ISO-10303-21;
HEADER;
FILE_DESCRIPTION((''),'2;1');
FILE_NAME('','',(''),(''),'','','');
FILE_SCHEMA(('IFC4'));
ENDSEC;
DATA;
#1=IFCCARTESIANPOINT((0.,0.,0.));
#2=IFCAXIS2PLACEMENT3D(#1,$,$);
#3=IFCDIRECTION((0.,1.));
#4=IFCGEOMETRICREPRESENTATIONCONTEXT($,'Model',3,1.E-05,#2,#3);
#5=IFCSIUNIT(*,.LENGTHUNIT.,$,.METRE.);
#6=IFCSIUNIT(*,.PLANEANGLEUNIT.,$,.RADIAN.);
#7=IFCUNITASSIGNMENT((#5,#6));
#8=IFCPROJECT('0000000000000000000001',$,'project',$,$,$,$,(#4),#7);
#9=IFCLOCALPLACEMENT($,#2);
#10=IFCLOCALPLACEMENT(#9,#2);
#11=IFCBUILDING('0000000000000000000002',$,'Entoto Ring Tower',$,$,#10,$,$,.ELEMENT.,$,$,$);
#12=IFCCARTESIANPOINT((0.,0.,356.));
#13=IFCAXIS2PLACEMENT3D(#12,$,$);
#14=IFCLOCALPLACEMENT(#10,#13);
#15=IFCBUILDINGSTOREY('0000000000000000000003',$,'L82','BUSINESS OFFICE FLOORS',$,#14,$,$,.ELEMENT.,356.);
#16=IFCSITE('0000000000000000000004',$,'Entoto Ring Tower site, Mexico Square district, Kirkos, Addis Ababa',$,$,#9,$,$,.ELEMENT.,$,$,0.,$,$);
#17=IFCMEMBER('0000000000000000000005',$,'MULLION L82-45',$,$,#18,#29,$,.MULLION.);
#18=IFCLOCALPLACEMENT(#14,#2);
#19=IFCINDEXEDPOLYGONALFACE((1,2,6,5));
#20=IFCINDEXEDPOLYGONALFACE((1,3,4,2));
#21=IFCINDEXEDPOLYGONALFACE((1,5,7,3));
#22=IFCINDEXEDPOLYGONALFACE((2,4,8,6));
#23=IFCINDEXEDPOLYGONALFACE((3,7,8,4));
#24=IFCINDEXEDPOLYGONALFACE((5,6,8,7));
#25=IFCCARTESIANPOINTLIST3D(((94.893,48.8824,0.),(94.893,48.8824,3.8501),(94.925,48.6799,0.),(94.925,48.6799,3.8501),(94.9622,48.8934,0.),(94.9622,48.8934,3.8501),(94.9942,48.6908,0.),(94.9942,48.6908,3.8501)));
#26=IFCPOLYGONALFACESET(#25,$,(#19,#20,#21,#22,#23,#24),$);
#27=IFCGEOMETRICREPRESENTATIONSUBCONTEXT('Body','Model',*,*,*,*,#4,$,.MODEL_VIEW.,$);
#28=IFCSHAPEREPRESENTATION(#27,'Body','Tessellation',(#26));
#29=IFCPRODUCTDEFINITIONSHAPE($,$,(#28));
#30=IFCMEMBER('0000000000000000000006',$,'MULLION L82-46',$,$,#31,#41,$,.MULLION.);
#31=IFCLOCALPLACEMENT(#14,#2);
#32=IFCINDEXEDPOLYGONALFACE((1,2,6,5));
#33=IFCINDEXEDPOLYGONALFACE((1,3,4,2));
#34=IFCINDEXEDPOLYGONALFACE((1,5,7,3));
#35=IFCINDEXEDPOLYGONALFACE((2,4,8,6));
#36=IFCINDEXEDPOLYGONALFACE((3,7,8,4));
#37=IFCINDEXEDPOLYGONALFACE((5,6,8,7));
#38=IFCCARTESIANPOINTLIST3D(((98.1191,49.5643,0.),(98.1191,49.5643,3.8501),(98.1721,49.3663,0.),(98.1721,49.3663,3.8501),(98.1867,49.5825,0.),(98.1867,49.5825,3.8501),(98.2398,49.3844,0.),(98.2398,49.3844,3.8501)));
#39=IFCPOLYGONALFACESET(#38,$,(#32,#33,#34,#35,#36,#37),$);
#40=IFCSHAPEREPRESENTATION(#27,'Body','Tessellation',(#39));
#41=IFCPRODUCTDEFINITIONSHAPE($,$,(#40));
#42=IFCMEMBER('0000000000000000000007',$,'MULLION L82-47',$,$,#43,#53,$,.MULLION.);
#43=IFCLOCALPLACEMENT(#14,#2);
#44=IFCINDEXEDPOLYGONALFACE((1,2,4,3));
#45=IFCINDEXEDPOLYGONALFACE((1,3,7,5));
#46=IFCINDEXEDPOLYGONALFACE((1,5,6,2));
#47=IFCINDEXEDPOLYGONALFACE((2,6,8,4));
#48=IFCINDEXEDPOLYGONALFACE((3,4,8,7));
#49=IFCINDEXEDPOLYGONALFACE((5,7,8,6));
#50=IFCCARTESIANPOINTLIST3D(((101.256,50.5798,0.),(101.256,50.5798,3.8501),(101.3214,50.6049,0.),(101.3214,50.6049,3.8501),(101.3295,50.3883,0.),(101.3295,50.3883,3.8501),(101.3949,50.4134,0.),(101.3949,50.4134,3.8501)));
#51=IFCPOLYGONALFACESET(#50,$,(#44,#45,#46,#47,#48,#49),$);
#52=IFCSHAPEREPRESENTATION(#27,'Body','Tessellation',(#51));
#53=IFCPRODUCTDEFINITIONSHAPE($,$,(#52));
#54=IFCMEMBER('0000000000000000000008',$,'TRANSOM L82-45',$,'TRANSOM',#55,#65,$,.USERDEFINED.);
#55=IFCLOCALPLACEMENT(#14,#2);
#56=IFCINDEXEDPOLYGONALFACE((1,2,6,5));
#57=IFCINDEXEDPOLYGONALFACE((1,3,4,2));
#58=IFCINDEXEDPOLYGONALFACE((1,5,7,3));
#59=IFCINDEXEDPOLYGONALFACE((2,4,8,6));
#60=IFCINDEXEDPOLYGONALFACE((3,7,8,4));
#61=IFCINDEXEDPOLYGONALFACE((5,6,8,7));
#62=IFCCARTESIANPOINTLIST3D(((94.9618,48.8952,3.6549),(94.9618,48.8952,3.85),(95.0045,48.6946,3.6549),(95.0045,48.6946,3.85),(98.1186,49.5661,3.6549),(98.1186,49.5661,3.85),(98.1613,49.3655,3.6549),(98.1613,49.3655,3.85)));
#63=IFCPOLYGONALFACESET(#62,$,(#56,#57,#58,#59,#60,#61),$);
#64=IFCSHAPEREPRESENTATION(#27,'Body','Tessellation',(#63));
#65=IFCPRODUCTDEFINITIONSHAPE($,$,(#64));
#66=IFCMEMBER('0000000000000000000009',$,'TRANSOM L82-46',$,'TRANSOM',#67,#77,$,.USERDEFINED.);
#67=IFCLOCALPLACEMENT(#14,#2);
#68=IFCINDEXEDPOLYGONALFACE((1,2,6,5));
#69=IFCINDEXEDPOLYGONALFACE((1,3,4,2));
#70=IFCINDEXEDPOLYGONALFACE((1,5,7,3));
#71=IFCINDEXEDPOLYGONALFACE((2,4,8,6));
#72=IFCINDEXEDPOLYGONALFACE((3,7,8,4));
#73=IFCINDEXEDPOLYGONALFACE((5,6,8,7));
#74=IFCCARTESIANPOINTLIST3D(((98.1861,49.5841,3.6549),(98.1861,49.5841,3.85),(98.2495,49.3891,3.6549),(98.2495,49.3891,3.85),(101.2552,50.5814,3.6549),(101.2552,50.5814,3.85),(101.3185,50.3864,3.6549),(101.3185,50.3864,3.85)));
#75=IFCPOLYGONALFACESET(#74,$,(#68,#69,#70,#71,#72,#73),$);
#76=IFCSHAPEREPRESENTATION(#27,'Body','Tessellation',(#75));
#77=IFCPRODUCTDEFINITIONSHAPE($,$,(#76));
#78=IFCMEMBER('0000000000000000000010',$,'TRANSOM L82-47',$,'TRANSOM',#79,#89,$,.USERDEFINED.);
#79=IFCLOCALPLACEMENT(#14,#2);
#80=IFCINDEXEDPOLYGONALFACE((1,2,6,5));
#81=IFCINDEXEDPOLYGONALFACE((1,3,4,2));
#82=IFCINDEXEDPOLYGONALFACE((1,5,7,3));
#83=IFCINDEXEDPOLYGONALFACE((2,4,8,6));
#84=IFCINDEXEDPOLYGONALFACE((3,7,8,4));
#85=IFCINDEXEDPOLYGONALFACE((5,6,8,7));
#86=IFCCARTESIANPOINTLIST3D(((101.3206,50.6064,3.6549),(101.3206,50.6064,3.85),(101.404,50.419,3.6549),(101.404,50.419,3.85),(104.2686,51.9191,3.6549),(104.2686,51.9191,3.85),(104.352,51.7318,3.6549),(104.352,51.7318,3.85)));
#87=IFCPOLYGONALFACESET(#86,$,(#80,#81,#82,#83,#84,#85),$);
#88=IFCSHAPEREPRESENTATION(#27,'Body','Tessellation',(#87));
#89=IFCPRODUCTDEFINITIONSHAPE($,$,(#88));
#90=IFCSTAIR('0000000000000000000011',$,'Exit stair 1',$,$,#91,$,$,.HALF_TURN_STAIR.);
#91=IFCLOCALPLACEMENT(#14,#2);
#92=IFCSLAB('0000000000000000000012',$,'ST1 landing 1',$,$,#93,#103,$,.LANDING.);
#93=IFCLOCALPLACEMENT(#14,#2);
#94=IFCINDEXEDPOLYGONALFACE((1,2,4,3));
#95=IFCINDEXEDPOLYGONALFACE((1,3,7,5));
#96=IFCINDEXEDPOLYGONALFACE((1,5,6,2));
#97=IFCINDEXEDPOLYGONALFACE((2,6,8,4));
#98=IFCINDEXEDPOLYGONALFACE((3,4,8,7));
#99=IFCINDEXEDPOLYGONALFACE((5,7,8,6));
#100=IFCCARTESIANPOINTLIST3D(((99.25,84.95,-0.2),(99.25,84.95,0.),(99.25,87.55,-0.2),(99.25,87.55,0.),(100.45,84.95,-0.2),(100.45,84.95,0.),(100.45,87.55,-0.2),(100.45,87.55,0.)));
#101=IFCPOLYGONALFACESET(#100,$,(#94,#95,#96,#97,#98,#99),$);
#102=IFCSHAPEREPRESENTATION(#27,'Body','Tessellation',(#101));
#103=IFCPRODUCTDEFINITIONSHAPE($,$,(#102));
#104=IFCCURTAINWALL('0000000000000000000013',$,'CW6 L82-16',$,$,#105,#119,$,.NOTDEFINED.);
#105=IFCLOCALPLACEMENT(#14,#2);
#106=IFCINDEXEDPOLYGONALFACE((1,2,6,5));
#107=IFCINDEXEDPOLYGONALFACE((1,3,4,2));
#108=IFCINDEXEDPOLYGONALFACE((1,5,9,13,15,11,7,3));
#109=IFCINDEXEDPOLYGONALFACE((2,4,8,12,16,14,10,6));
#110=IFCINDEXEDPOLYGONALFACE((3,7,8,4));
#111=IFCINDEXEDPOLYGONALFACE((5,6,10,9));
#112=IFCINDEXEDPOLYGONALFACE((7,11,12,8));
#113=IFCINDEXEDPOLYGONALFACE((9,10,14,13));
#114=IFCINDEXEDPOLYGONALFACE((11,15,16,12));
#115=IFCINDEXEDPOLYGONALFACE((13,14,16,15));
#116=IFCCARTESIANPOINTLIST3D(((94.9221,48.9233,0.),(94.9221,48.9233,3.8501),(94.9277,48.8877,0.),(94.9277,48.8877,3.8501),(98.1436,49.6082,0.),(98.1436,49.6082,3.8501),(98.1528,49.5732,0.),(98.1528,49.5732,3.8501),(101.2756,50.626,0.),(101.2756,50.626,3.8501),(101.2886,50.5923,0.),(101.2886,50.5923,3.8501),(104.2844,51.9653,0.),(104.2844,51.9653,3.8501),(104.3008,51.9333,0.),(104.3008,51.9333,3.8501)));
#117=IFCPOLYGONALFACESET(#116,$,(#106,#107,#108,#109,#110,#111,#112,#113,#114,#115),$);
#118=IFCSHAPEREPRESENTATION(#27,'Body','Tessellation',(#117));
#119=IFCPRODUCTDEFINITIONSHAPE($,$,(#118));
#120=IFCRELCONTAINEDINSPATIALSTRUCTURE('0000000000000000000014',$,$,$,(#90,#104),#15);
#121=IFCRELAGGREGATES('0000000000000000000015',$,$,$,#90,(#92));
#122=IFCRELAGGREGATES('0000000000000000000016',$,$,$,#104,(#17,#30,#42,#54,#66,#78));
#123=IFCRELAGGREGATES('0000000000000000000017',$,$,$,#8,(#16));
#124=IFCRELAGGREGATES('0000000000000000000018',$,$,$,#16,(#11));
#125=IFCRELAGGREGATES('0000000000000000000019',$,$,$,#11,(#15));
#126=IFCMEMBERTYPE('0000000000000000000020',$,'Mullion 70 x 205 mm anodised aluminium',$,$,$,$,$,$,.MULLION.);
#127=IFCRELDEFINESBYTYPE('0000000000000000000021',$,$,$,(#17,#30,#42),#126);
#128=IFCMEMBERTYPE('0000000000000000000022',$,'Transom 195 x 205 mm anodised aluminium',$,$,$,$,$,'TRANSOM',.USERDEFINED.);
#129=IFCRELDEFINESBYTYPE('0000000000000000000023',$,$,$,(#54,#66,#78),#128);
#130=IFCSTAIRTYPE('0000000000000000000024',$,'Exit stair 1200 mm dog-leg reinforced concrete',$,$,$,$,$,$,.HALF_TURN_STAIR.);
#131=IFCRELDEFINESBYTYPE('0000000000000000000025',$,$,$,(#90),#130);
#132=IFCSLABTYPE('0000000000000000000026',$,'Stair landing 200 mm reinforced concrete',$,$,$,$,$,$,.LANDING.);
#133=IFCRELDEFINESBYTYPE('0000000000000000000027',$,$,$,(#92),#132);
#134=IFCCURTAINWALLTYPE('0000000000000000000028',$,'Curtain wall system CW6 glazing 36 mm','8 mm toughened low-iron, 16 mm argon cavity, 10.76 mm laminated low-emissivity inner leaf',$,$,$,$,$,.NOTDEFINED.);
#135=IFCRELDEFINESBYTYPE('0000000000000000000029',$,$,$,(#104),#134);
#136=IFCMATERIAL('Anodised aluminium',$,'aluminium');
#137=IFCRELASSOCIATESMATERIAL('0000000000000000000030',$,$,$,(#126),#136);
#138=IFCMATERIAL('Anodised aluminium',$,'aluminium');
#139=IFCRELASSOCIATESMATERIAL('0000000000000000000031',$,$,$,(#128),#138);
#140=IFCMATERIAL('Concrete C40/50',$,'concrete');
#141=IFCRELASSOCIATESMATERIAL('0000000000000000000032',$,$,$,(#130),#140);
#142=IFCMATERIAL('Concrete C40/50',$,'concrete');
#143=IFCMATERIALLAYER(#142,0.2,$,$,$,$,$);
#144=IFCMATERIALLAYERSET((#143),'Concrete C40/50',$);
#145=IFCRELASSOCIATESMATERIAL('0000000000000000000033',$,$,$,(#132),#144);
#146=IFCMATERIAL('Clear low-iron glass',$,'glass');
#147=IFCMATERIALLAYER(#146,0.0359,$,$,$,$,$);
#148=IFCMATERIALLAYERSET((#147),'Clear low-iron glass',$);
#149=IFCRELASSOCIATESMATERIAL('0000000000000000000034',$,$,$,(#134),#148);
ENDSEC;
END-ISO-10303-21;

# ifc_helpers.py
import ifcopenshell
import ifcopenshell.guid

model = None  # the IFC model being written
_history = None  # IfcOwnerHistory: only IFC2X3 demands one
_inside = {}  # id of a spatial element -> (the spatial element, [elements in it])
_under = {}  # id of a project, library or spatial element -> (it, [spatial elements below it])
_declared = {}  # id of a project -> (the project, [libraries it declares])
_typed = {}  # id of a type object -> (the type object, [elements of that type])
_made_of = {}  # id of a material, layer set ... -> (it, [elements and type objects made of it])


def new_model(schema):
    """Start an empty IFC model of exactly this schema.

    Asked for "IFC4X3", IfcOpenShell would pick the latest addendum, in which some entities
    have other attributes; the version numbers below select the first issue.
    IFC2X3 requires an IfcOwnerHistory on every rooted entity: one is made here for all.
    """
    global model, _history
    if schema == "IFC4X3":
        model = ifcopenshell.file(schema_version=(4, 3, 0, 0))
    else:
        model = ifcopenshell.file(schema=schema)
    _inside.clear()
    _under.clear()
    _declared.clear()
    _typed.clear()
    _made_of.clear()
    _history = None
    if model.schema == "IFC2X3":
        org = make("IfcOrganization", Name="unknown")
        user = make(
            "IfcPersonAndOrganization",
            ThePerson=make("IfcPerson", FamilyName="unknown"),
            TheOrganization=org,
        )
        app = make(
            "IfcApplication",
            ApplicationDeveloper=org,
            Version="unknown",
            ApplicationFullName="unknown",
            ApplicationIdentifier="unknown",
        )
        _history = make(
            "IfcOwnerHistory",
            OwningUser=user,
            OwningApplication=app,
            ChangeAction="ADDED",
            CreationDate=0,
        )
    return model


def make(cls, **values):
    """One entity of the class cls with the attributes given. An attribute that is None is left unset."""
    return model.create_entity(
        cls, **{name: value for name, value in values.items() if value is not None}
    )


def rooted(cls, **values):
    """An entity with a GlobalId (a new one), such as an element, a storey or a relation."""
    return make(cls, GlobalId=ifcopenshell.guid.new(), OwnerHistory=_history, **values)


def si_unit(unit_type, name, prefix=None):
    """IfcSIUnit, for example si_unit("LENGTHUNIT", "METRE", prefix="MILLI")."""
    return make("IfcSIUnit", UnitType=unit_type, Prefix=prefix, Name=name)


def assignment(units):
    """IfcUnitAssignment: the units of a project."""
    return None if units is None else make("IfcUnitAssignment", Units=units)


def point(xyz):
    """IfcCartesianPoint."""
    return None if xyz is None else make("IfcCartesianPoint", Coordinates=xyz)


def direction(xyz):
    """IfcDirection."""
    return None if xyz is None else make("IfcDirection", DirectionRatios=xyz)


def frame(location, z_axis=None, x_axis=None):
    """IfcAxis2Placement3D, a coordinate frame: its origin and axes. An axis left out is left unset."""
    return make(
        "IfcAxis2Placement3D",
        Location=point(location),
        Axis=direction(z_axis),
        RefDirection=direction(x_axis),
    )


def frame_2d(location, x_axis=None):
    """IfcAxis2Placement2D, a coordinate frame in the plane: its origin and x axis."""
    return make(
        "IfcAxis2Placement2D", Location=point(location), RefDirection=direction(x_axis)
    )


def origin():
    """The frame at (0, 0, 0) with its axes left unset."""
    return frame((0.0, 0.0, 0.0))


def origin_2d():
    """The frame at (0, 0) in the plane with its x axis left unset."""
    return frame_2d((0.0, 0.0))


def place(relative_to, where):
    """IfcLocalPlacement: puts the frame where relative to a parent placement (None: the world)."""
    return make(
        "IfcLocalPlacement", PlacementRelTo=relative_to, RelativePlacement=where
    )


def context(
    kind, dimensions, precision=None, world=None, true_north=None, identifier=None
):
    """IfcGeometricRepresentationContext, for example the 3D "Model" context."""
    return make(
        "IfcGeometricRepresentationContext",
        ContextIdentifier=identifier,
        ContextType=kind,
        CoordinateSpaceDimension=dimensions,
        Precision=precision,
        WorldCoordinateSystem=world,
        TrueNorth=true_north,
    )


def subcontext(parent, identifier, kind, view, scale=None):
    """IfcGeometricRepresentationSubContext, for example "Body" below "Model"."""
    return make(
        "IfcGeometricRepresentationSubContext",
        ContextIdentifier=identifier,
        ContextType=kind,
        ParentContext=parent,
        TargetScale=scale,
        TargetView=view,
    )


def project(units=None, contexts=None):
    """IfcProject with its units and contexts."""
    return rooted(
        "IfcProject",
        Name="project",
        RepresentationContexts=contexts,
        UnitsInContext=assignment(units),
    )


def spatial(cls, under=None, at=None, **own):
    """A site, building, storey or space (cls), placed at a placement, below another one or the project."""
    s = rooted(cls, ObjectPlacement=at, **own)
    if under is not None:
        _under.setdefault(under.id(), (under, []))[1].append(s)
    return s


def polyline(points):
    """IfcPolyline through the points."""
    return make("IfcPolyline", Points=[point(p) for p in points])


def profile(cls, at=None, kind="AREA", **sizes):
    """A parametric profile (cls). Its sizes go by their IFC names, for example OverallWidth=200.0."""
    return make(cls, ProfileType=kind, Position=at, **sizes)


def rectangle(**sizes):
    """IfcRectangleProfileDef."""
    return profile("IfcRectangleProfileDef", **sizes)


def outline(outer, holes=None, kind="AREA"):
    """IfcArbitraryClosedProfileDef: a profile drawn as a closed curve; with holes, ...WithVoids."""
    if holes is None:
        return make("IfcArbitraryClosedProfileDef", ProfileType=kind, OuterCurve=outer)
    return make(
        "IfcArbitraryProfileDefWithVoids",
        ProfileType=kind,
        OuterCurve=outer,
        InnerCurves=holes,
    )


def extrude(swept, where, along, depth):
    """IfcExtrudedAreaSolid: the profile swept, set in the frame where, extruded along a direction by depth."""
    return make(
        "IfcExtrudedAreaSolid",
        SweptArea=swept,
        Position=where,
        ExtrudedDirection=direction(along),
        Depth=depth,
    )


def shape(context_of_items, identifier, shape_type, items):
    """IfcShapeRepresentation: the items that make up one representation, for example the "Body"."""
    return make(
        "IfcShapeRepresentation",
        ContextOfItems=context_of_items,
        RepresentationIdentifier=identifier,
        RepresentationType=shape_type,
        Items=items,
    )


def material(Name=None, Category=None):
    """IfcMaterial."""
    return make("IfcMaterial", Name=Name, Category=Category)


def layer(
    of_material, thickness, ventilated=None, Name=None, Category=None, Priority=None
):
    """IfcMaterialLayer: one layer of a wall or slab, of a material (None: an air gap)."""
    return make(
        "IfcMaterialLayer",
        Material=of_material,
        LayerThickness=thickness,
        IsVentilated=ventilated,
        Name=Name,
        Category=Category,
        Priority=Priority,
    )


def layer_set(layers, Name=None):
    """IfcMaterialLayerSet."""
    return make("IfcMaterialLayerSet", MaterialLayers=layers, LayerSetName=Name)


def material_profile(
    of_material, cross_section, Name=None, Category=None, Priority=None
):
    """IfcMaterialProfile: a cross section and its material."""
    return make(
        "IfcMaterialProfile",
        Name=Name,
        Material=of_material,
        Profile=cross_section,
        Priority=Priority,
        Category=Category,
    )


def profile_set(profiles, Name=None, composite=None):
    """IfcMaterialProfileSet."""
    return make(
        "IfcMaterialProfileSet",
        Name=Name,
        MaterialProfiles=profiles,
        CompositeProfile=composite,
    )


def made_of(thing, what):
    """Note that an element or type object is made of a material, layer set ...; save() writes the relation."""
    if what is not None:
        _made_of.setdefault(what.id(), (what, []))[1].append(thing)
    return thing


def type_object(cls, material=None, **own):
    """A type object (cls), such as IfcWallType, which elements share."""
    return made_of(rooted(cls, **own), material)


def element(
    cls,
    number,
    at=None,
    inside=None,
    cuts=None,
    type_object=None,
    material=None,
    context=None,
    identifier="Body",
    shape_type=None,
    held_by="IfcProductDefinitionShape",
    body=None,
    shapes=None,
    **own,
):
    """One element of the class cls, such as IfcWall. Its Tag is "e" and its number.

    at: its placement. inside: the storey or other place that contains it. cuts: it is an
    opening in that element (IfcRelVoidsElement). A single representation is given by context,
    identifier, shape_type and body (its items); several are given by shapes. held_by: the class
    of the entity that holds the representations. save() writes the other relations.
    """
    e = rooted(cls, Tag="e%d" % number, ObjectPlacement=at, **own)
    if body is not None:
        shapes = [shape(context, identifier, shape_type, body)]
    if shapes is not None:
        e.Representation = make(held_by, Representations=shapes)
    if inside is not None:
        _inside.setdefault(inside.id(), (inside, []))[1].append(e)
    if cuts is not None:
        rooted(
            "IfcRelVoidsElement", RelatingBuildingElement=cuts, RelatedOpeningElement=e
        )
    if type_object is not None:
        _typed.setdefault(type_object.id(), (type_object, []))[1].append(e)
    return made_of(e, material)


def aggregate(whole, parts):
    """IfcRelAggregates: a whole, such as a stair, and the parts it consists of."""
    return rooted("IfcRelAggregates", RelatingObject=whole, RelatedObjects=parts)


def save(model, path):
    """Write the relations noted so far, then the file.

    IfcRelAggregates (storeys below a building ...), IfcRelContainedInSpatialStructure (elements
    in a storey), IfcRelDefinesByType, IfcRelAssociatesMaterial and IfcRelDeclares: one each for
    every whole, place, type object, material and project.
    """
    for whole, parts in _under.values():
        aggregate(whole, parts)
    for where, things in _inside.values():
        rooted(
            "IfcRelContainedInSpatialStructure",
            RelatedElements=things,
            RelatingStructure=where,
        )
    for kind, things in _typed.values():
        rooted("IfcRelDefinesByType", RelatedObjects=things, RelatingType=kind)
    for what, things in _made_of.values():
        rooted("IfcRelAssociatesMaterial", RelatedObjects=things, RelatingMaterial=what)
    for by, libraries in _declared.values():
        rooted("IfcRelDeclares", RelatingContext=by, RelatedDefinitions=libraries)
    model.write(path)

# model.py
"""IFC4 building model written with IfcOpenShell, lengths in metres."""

from ifc_helpers import new_model, si_unit, direction, frame, origin, origin_2d, place, context, subcontext, project, spatial, polyline, rectangle, outline, extrude, material, layer, layer_set, material_profile, profile_set, type_object, element, aggregate, save


model = new_model("IFC4")

# Units and contexts
model_context = context("Model", 3, precision=1e-05, world=origin(), true_north=direction((0.0, 1.0)))
body_context = subcontext(model_context, "Body", "Model", "MODEL_VIEW")
ifc_project = project(units=[si_unit("LENGTHUNIT", "METRE"), si_unit("PLANEANGLEUNIT", "RADIAN")], contexts=[model_context])

# Members
ifc_material_1 = material(Name="Anodised aluminium", Category="aluminium")
ifc_material_profile_1 = material_profile(ifc_material_1, rectangle(XDim=0.0701, YDim=0.2051, at=origin_2d()), Name="Mullion 70 x 205 mm anodised aluminium")
ifc_profile_set_1 = profile_set([ifc_material_profile_1], Name="Anodised aluminium")
member_type_1 = type_object("IfcMemberType", Name="Mullion 70 x 205 mm anodised aluminium", PredefinedType="MULLION", material=ifc_profile_set_1)
site_placement = place(None, origin())
building_placement = place(site_placement, origin())
storey_placement = place(building_placement, frame((0.0, 0.0, 356.0)))
member_1_placement = place(storey_placement, frame((94.9436, 48.7866, 0.0), z_axis=(0.0, 0.0, 1.0), x_axis=(0.987688, 0.156434, 0.0)))
member_1 = element("IfcMember", 1, at=member_1_placement, type_object=member_type_1, Name="MULLION L82-45", PredefinedType="MULLION", context=body_context, shape_type="SweptSolid", body=[
    extrude(rectangle(XDim=0.0701, YDim=0.2051, at=origin_2d()), origin(), (0.0, 0.0, 1.0), 3.8501),
])
member_2_placement = place(storey_placement, frame((98.1794, 49.4744, 0.0), z_axis=(0.0, 0.0, 1.0), x_axis=(0.965926, 0.258819, 0.0)))
member_2 = element("IfcMember", 2, at=member_2_placement, type_object=member_type_1, Name="MULLION L82-46", PredefinedType="MULLION", context=body_context, shape_type="SweptSolid", body=[
    extrude(rectangle(XDim=0.0701, YDim=0.2051, at=origin_2d()), origin(), (0.0, 0.0, 1.0), 3.8501),
])
member_3_placement = place(storey_placement, frame((101.3254, 50.4966, 0.0), z_axis=(0.0, 0.0, 1.0), x_axis=(0.93358, 0.358368, 0.0)))
member_3 = element("IfcMember", 3, at=member_3_placement, type_object=member_type_1, Name="MULLION L82-47", PredefinedType="MULLION", context=body_context, shape_type="SweptSolid", body=[
    extrude(rectangle(XDim=0.0701, YDim=0.2051, at=origin_2d()), origin(), (0.0, 0.0, 1.0), 3.8501),
])
ifc_material_2 = material(Name="Anodised aluminium", Category="aluminium")
ifc_material_profile_2 = material_profile(ifc_material_2, rectangle(XDim=0.2051, YDim=0.1951, at=origin_2d()), Name="Transom 195 x 205 mm anodised aluminium")
ifc_profile_set_2 = profile_set([ifc_material_profile_2], Name="Anodised aluminium")
member_type_2 = type_object("IfcMemberType", Name="Transom 195 x 205 mm anodised aluminium", ElementType="TRANSOM", PredefinedType="USERDEFINED", material=ifc_profile_set_2)
member_4_placement = place(storey_placement, frame((94.9832, 48.7949, 3.7524), z_axis=(0.978153, 0.207886, 0.0), x_axis=(-0.207886, 0.978153, 0.0)))
member_4 = element("IfcMember", 4, at=member_4_placement, type_object=member_type_2, Name="TRANSOM L82-45", ObjectType="TRANSOM", PredefinedType="USERDEFINED", context=body_context, shape_type="SweptSolid", body=[
    extrude(rectangle(XDim=0.2051, YDim=0.1951, at=origin_2d()), origin(), (0.0, 0.0, 1.0), 3.2273),
])
member_5_placement = place(storey_placement, frame((98.2178, 49.4866, 3.7524), z_axis=(0.951047, 0.309047, 0.0), x_axis=(-0.309047, 0.951047, 0.0)))
member_5 = element("IfcMember", 5, at=member_5_placement, type_object=member_type_2, Name="TRANSOM L82-46", ObjectType="TRANSOM", PredefinedType="USERDEFINED", context=body_context, shape_type="SweptSolid", body=[
    extrude(rectangle(XDim=0.2051, YDim=0.1951, at=origin_2d()), origin(), (0.0, 0.0, 1.0), 3.2271),
])
member_6_placement = place(storey_placement, frame((101.3623, 50.5127, 3.7524), z_axis=(0.913521, 0.406791, 0.0), x_axis=(-0.406791, 0.913521, 0.0)))
member_6 = element("IfcMember", 6, at=member_6_placement, type_object=member_type_2, Name="TRANSOM L82-47", ObjectType="TRANSOM", PredefinedType="USERDEFINED", context=body_context, shape_type="SweptSolid", body=[
    extrude(rectangle(XDim=0.2051, YDim=0.1951, at=origin_2d()), origin(), (0.0, 0.0, 1.0), 3.2271),
])

# Site, building, storey
site = spatial("IfcSite", under=ifc_project, at=site_placement, Name="Entoto Ring Tower site, Mexico Square district, Kirkos, Addis Ababa", CompositionType="ELEMENT", RefElevation=0.0)
building = spatial("IfcBuilding", under=site, at=building_placement, Name="Entoto Ring Tower", CompositionType="ELEMENT")
storey = spatial("IfcBuildingStorey", under=building, at=storey_placement, Name="L82", Description="BUSINESS OFFICE FLOORS", CompositionType="ELEMENT", Elevation=356.0)

# Stair, slab
ifc_material_3 = material(Name="Concrete C40/50", Category="concrete")
stair_type = type_object("IfcStairType", Name="Exit stair 1200 mm dog-leg reinforced concrete", PredefinedType="HALF_TURN_STAIR", material=ifc_material_3)
stair_placement = place(storey_placement, origin())
stair = element("IfcStair", 7, at=stair_placement, inside=storey, type_object=stair_type, Name="Exit stair 1", PredefinedType="HALF_TURN_STAIR")
ifc_material_4 = material(Name="Concrete C40/50", Category="concrete")
ifc_layer_1 = layer(ifc_material_4, 0.2)
ifc_layer_set_1 = layer_set([ifc_layer_1], Name="Concrete C40/50")
slab_type = type_object("IfcSlabType", Name="Stair landing 200 mm reinforced concrete", PredefinedType="LANDING", material=ifc_layer_set_1)
slab_placement = place(storey_placement, frame((0.0, 0.0, -0.2)))
slab = element("IfcSlab", 8, at=slab_placement, type_object=slab_type, Name="ST1 landing 1", PredefinedType="LANDING", context=body_context, shape_type="SweptSolid", body=[
    extrude(outline(polyline([(100.45, 84.95), (100.45, 87.55), (99.25, 87.55), (99.25, 84.95), (100.45, 84.95)])), origin(), (0.0, 0.0, 1.0), 0.2),
])
aggregate(stair, [slab])

# Curtain wall
ifc_material_5 = material(Name="Clear low-iron glass", Category="glass")
ifc_layer_2 = layer(ifc_material_5, 0.0359)
ifc_layer_set_2 = layer_set([ifc_layer_2], Name="Clear low-iron glass")
curtain_wall_type = type_object("IfcCurtainWallType", Name="Curtain wall system CW6 glazing 36 mm", Description="8 mm toughened low-iron, 16 mm argon cavity, 10.76 mm laminated low-emissivity inner leaf", PredefinedType="NOTDEFINED", material=ifc_layer_set_2)
curtain_wall_1_placement = place(storey_placement, origin())
curtain_wall_1 = element("IfcCurtainWall", 9, at=curtain_wall_1_placement, inside=storey, type_object=curtain_wall_type, Name="CW6 L82-16", PredefinedType="NOTDEFINED", context=body_context, shape_type="SweptSolid", body=[
    extrude(outline(polyline([(94.9277, 48.8877), (98.1528, 49.5732), (101.2886, 50.5923), (104.3008, 51.9333), (104.2844, 51.9653), (101.2756, 50.626), (98.1436, 49.6082), (94.9221, 48.9233), (94.9277, 48.8877)])), origin(), (0.0, 0.0, 1.0), 3.8501),
])
aggregate(curtain_wall_1, [member_1, member_2, member_3, member_4, member_5, member_6])

save(model, "model.ifc")
